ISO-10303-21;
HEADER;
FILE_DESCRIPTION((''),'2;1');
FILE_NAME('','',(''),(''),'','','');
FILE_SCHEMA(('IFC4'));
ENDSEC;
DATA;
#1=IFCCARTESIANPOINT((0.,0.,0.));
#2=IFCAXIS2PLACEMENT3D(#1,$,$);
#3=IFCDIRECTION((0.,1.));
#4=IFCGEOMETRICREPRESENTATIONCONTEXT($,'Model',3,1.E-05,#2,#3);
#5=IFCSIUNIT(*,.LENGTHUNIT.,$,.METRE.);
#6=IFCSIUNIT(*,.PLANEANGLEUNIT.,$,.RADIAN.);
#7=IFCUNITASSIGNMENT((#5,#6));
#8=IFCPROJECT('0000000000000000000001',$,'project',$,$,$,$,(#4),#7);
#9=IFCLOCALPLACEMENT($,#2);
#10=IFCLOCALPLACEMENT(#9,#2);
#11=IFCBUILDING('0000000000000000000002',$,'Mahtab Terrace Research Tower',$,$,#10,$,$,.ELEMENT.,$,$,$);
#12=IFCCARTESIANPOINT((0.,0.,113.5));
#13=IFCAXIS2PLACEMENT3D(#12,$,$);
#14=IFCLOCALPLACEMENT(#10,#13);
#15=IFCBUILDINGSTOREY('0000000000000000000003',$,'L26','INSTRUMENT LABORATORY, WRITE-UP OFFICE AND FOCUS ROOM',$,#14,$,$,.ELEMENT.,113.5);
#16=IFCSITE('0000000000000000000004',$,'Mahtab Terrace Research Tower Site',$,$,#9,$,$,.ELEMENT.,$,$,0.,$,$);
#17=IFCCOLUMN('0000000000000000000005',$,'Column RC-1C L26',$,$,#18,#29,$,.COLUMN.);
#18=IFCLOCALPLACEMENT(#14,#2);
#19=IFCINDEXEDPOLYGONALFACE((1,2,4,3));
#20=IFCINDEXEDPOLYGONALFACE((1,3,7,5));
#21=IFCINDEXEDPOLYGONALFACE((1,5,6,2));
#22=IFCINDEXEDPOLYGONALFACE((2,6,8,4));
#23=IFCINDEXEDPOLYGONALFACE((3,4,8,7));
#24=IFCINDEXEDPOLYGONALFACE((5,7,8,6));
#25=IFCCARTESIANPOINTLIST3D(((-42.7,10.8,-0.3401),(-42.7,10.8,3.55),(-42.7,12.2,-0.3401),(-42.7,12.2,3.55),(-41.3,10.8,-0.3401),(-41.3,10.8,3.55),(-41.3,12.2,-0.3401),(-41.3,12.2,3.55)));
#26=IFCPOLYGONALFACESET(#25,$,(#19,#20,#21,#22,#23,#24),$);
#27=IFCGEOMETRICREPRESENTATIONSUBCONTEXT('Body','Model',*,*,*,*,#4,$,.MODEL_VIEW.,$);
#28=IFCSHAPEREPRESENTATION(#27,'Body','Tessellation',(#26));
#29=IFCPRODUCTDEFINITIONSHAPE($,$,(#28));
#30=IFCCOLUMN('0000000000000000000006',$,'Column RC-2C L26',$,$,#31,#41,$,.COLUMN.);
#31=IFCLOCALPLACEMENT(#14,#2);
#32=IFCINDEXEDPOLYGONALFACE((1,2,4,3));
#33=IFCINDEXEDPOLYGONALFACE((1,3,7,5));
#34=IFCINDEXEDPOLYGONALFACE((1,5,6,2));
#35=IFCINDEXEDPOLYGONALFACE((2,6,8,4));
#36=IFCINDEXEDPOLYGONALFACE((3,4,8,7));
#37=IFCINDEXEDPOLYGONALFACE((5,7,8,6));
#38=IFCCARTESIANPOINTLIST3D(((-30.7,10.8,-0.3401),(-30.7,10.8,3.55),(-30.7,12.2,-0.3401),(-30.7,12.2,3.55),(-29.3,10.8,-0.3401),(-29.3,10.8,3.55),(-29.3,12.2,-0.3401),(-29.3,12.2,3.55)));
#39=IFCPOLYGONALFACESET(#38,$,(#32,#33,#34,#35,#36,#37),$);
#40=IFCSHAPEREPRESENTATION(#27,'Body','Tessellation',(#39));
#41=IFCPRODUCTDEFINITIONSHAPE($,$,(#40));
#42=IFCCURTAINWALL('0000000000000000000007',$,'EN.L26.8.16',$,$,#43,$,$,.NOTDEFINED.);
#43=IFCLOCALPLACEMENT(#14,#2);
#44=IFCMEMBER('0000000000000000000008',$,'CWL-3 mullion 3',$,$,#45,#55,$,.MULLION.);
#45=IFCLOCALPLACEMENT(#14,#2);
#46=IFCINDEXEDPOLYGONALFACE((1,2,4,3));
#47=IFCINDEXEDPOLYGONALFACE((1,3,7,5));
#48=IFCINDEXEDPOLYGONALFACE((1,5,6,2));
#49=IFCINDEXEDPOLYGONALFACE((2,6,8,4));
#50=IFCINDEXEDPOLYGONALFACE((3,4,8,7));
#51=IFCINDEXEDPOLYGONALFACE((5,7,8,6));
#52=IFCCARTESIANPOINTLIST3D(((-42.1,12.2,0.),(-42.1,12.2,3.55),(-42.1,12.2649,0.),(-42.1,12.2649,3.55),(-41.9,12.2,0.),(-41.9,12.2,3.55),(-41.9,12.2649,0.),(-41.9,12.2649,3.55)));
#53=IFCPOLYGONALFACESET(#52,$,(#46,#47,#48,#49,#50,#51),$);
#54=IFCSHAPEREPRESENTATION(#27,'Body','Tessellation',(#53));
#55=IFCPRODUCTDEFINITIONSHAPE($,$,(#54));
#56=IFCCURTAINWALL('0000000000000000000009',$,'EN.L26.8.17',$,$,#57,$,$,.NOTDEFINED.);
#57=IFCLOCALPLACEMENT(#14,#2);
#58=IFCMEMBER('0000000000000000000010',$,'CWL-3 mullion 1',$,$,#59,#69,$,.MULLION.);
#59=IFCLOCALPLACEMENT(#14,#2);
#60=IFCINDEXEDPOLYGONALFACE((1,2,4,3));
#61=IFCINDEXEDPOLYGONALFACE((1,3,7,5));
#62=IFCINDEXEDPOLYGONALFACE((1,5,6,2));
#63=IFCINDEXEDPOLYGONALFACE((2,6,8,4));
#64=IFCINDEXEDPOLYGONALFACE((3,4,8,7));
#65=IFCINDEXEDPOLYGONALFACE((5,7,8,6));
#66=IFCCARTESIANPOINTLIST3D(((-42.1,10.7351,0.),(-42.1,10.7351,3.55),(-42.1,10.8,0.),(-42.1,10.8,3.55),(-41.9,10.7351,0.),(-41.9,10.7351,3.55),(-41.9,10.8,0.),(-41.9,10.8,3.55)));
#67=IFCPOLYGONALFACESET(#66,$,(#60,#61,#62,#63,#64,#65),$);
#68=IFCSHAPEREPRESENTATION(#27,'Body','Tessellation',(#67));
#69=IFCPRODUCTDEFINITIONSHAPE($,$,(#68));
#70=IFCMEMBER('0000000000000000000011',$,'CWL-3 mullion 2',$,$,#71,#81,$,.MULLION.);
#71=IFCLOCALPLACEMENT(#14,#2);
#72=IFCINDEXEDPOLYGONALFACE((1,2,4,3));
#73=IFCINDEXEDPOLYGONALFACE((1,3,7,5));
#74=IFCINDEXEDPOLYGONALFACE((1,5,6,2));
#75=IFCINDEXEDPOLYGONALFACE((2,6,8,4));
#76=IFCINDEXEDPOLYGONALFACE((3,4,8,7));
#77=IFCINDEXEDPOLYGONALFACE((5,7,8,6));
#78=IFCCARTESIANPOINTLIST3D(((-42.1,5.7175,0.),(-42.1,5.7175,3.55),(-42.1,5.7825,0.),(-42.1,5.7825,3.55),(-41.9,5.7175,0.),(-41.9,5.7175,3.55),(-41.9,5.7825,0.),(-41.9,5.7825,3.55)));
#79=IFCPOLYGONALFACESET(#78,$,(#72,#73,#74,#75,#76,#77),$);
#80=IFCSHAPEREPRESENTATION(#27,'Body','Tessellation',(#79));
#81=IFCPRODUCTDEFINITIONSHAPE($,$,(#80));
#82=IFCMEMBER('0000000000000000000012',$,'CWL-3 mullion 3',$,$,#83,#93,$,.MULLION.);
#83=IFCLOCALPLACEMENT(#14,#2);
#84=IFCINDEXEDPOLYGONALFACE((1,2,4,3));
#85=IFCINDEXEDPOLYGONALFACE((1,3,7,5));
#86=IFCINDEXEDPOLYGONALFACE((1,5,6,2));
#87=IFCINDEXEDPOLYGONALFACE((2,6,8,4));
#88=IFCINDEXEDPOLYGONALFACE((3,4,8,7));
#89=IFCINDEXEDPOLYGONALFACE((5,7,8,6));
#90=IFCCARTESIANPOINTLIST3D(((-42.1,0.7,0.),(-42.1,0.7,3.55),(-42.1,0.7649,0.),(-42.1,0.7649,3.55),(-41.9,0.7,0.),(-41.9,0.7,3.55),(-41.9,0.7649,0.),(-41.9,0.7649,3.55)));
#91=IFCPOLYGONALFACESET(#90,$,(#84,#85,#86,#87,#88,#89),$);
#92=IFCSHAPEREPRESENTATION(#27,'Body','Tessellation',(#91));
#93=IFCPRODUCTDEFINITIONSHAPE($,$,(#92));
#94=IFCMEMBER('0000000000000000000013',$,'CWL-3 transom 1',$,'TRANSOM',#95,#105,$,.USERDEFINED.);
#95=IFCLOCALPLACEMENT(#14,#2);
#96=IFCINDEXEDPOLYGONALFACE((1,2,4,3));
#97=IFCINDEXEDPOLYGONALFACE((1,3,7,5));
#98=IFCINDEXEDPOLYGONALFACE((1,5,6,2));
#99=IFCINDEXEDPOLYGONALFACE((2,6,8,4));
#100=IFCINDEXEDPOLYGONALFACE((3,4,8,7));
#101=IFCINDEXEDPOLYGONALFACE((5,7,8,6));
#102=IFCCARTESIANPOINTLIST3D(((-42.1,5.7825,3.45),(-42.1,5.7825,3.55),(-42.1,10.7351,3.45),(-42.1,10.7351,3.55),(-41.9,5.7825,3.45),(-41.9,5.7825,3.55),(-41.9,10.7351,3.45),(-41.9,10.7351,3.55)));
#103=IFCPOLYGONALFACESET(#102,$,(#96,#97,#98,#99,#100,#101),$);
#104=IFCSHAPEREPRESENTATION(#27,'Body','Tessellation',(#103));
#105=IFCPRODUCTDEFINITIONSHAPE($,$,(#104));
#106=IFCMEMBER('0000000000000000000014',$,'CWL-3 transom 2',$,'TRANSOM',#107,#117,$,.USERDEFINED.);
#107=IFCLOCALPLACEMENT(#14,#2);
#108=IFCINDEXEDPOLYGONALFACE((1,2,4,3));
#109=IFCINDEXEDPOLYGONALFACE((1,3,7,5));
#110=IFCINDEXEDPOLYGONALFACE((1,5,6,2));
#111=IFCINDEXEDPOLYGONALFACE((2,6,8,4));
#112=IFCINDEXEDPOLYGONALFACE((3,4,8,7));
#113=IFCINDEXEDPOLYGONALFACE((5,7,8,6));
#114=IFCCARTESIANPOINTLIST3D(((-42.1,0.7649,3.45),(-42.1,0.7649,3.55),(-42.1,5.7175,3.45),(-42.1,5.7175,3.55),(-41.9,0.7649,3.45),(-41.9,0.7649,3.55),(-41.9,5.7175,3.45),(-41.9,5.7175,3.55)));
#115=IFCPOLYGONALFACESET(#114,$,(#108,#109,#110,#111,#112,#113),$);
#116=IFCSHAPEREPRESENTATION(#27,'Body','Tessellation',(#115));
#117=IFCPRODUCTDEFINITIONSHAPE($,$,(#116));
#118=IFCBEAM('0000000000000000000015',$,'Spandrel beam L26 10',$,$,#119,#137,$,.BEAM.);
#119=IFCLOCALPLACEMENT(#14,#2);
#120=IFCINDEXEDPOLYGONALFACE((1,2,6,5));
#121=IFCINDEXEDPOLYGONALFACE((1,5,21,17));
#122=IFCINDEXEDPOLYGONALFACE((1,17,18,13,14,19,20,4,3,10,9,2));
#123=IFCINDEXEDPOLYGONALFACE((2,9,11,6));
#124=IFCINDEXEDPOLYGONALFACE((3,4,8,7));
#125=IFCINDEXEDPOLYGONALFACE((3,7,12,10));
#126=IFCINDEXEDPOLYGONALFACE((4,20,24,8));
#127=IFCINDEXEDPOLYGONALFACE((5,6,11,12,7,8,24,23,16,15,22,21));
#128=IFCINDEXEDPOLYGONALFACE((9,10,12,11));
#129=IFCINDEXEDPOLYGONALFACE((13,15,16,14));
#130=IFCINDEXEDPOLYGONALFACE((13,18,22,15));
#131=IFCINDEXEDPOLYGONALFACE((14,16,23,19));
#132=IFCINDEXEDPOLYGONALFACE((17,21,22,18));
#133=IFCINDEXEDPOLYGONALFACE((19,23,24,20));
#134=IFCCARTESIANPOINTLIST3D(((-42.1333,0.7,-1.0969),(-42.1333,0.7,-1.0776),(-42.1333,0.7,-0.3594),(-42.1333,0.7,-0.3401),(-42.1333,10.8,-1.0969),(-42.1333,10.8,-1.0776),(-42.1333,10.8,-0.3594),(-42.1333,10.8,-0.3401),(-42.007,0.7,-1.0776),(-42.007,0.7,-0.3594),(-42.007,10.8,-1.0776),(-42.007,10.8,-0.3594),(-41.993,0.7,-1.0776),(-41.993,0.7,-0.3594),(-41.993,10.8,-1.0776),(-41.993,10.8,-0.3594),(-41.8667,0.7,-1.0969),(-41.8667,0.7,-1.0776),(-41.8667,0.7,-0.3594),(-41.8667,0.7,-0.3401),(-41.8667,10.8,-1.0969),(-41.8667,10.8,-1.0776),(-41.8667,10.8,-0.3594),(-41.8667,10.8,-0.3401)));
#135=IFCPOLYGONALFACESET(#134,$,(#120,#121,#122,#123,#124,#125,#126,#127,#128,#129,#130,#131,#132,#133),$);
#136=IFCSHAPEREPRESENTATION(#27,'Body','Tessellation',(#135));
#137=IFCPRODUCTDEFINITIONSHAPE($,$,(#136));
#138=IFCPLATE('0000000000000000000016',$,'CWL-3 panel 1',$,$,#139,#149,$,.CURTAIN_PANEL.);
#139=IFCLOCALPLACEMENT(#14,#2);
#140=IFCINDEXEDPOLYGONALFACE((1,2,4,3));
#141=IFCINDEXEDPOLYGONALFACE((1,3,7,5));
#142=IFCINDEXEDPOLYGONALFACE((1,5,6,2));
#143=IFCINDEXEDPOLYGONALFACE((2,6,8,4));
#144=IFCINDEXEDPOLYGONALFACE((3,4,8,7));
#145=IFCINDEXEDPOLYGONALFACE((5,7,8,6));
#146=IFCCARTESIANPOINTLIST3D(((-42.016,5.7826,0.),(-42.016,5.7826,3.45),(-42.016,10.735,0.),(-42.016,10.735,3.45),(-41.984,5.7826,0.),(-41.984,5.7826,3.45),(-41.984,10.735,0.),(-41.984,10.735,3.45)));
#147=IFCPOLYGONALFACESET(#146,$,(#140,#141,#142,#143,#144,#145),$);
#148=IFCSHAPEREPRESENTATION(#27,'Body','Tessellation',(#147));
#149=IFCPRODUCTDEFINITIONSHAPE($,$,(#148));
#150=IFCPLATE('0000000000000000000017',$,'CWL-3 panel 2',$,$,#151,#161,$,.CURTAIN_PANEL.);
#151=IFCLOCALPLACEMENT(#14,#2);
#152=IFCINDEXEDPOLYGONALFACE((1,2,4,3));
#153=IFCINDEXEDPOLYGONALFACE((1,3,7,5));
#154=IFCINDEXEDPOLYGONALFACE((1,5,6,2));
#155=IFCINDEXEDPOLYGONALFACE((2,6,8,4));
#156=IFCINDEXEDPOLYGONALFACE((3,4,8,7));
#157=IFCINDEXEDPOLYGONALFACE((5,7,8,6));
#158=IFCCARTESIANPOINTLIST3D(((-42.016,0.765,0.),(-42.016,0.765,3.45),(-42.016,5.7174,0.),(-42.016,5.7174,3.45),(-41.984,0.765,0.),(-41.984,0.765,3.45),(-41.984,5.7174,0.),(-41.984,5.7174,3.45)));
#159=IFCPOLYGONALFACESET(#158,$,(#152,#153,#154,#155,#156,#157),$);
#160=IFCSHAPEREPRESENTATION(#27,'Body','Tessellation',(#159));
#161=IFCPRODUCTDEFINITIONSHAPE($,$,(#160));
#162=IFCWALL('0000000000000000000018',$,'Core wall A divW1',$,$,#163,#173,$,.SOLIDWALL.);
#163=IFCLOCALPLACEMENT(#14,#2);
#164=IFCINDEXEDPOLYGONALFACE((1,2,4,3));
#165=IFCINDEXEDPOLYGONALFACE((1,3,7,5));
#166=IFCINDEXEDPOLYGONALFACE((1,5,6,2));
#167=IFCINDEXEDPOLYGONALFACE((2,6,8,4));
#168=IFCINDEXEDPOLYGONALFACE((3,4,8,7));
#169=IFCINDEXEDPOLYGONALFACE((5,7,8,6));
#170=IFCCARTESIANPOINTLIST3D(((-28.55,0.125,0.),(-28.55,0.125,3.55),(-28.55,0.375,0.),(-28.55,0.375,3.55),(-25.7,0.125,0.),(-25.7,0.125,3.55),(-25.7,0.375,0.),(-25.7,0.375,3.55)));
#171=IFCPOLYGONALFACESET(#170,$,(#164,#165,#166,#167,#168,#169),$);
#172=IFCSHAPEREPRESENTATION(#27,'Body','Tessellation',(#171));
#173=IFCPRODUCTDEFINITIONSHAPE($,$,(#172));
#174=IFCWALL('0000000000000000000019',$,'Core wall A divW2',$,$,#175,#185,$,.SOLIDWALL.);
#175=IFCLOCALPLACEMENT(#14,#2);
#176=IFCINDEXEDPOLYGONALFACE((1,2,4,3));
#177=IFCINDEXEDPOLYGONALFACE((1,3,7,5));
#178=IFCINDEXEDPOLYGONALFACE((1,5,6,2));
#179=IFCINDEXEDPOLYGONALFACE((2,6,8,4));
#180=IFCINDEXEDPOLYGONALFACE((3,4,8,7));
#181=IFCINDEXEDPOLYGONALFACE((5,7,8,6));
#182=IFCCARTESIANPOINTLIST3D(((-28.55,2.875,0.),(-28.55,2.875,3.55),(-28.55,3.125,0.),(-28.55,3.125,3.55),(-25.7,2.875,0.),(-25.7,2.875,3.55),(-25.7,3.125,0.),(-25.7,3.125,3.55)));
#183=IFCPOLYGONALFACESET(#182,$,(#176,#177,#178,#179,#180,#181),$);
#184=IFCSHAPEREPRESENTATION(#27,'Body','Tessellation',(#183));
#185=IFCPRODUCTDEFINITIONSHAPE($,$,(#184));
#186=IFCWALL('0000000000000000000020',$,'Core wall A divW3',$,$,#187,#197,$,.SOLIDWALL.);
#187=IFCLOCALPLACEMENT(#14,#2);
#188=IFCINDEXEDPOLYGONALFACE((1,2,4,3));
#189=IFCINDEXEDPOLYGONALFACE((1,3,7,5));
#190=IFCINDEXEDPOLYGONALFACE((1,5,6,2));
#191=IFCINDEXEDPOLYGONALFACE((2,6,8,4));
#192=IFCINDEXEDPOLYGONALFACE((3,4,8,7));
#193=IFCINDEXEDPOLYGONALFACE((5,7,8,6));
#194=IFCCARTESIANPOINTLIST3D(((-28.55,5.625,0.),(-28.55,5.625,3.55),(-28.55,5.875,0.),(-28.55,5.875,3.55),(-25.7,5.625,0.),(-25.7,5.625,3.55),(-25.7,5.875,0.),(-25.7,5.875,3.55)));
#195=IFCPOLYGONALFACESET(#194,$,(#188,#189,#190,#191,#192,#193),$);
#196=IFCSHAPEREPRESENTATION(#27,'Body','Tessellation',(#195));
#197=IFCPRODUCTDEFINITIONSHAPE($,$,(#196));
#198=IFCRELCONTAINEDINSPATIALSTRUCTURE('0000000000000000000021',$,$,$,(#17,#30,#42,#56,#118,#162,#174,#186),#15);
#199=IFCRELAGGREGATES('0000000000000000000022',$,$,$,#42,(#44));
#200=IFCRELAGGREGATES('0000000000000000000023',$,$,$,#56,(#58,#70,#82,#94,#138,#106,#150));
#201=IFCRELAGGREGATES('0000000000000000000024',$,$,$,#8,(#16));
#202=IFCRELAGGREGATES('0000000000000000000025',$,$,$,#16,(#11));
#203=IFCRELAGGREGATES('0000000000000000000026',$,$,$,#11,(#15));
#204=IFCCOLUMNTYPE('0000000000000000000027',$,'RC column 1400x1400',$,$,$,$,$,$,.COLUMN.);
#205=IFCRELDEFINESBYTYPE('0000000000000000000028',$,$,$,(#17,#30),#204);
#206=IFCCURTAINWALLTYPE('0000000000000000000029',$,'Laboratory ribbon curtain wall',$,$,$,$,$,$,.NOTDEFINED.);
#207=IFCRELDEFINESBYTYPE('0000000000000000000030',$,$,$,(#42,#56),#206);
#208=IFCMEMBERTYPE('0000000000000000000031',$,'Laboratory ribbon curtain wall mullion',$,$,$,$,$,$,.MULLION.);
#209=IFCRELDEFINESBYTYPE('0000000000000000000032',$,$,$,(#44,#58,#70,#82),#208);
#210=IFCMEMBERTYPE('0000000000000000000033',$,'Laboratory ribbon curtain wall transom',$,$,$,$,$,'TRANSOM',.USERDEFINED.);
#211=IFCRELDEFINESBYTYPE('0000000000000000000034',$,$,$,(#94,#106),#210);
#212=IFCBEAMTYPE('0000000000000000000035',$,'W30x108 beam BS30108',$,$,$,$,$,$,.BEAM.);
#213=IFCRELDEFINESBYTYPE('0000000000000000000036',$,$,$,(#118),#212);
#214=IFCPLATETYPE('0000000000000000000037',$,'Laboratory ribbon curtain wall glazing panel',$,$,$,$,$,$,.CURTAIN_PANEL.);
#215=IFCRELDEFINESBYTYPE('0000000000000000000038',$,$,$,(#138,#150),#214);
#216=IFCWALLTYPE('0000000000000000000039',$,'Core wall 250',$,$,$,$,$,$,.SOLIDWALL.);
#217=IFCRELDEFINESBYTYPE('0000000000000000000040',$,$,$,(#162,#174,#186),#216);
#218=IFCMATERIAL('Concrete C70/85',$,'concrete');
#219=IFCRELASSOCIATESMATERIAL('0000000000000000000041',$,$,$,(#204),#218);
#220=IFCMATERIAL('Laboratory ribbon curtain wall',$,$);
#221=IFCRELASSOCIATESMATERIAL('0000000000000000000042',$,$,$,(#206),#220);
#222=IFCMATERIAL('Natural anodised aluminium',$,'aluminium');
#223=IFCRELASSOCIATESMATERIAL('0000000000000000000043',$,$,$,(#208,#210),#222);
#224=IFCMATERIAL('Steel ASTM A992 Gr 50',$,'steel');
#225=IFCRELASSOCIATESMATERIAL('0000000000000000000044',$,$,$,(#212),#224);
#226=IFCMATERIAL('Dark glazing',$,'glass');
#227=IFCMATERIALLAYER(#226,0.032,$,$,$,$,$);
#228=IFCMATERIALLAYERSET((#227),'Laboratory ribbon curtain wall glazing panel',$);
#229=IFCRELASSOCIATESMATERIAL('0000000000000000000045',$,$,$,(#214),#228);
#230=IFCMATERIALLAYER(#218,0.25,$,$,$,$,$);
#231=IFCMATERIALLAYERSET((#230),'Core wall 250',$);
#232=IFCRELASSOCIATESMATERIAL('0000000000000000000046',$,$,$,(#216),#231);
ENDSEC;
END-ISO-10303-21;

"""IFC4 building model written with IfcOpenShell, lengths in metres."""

from ifc_helpers import new_model, si_unit, direction, frame, frame_2d, origin, origin_2d, place, context, subcontext, project, spatial, rectangle, i_section, extrude, material, layer, layer_set, material_profile, profile_set, type_object, element, aggregate, save


model = new_model("IFC4")

# Units and contexts
model_context = context("Model", 3, precision=1e-05, world=origin(), true_north=direction((0.0, 1.0)))
body_context = subcontext(model_context, "Body", "Model", "MODEL_VIEW")
ifc_project = project(units=[si_unit("LENGTHUNIT", "METRE"), si_unit("PLANEANGLEUNIT", "RADIAN")], contexts=[model_context])

# Site, building, storey
site_placement = place(None, origin())
site = spatial("IfcSite", under=ifc_project, at=site_placement, Name="Mahtab Terrace Research Tower Site", CompositionType="ELEMENT", RefElevation=0.0)
building_placement = place(site_placement, origin())
building = spatial("IfcBuilding", under=site, at=building_placement, Name="Mahtab Terrace Research Tower", CompositionType="ELEMENT")
storey_placement = place(building_placement, frame((0.0, 0.0, 113.5)))
storey = spatial("IfcBuildingStorey", under=building, at=storey_placement, Name="L26", Description="INSTRUMENT LABORATORY, WRITE-UP OFFICE AND FOCUS ROOM", CompositionType="ELEMENT", Elevation=113.5)

# Columns
ifc_material_1 = material(Name="Concrete C70/85", Category="concrete")
ifc_material_profile_1 = material_profile(ifc_material_1, rectangle(XDim=1.3999, YDim=1.3999, at=origin_2d()), Name="RC column 1400x1400")
ifc_profile_set_1 = profile_set([ifc_material_profile_1], Name="Concrete C70/85")
column_type = type_object("IfcColumnType", Name="RC column 1400x1400", PredefinedType="COLUMN", material=ifc_profile_set_1)
for number, where, z_axis, x_axis, name in (
    (1, (-42.0, 11.5, -0.3401), (0.0, 0.0, 1.0), (1.0, 0.0, 0.0), "Column RC-1C L26"),
    (2, (-30.0, 11.5, -0.3401), (0.0, 0.0, 1.0), (1.0, 0.0, 0.0), "Column RC-2C L26"),
):
    element("IfcColumn", number, at=place(storey_placement, frame(where, z_axis=z_axis, x_axis=x_axis)), inside=storey, type_object=column_type, Name=name, PredefinedType="COLUMN", context=body_context, shape_type="SweptSolid", body=[
        extrude(rectangle(XDim=1.3999, YDim=1.3999, at=origin_2d()), origin(), (0.0, 0.0, 1.0), 3.8901),
    ])

# Curtain wall, member
ifc_material_2 = material(Name="Laboratory ribbon curtain wall")
curtain_wall_type = type_object("IfcCurtainWallType", Name="Laboratory ribbon curtain wall", PredefinedType="NOTDEFINED", material=ifc_material_2)
curtain_wall_1_placement = place(storey_placement, origin())
curtain_wall_1 = element("IfcCurtainWall", 3, at=curtain_wall_1_placement, inside=storey, type_object=curtain_wall_type, Name="EN.L26.8.16", PredefinedType="NOTDEFINED")
ifc_material_3 = material(Name="Natural anodised aluminium", Category="aluminium")
ifc_material_profile_2 = material_profile(ifc_material_3, rectangle(XDim=0.2, YDim=0.0649, at=origin_2d()), Name="MULLION 65x200")
ifc_profile_set_2 = profile_set([ifc_material_profile_2], Name="Natural anodised aluminium")
member_type_1 = type_object("IfcMemberType", Name="Laboratory ribbon curtain wall mullion", PredefinedType="MULLION", material=ifc_profile_set_2)
member_1_placement = place(storey_placement, frame((-42.0, 12.2324, 0.0), z_axis=(0.0, 0.0, 1.0), x_axis=(1.0, 0.0, 0.0)))
member_1 = element("IfcMember", 4, at=member_1_placement, type_object=member_type_1, Name="CWL-3 mullion 3", PredefinedType="MULLION", context=body_context, shape_type="SweptSolid", body=[
    extrude(rectangle(XDim=0.2, YDim=0.0649, at=origin_2d()), origin(), (0.0, 0.0, 1.0), 3.55),
])
aggregate(curtain_wall_1, [member_1])

# Curtain wall, members
curtain_wall_2_placement = place(storey_placement, origin())
curtain_wall_2 = element("IfcCurtainWall", 5, at=curtain_wall_2_placement, inside=storey, type_object=curtain_wall_type, Name="EN.L26.8.17", PredefinedType="NOTDEFINED")
member_2_placement = place(storey_placement, frame((-42.0, 10.7676, 0.0), z_axis=(0.0, 0.0, 1.0), x_axis=(1.0, 0.0, 0.0)))
member_2 = element("IfcMember", 6, at=member_2_placement, type_object=member_type_1, Name="CWL-3 mullion 1", PredefinedType="MULLION", context=body_context, shape_type="SweptSolid", body=[
    extrude(rectangle(XDim=0.2, YDim=0.0649, at=origin_2d()), origin(), (0.0, 0.0, 1.0), 3.55),
])
member_3_placement = place(storey_placement, frame((-42.0, 5.75, 0.0), z_axis=(0.0, 0.0, 1.0), x_axis=(1.0, 0.0, 0.0)))
member_3 = element("IfcMember", 7, at=member_3_placement, type_object=member_type_1, Name="CWL-3 mullion 2", PredefinedType="MULLION", context=body_context, shape_type="SweptSolid", body=[
    extrude(rectangle(XDim=0.2, YDim=0.0649, at=origin_2d()), origin(), (0.0, 0.0, 1.0), 3.55),
])
member_4_placement = place(storey_placement, frame((-42.0, 0.7324, 0.0), z_axis=(0.0, 0.0, 1.0), x_axis=(1.0, 0.0, 0.0)))
member_4 = element("IfcMember", 8, at=member_4_placement, type_object=member_type_1, Name="CWL-3 mullion 3", PredefinedType="MULLION", context=body_context, shape_type="SweptSolid", body=[
    extrude(rectangle(XDim=0.2, YDim=0.0649, at=origin_2d()), origin(), (0.0, 0.0, 1.0), 3.55),
])
ifc_material_profile_3 = material_profile(ifc_material_3, rectangle(XDim=0.2, YDim=0.1001, at=origin_2d()), Name="TRANSOM 100x200")
ifc_profile_set_3 = profile_set([ifc_material_profile_3], Name="Natural anodised aluminium")
member_type_2 = type_object("IfcMemberType", Name="Laboratory ribbon curtain wall transom", ElementType="TRANSOM", PredefinedType="USERDEFINED", material=ifc_profile_set_3)
member_5_placement = place(storey_placement, frame((-42.0, 10.7351, 3.5), z_axis=(0.0, -1.0, 0.0), x_axis=(1.0, 0.0, 0.0)))
member_5 = element("IfcMember", 9, at=member_5_placement, type_object=member_type_2, Name="CWL-3 transom 1", ObjectType="TRANSOM", PredefinedType="USERDEFINED", context=body_context, shape_type="SweptSolid", body=[
    extrude(rectangle(XDim=0.2, YDim=0.1001, at=origin_2d()), origin(), (0.0, 0.0, 1.0), 4.9526),
])
member_6_placement = place(storey_placement, frame((-42.0, 5.7175, 3.5), z_axis=(0.0, -1.0, 0.0), x_axis=(1.0, 0.0, 0.0)))
member_6 = element("IfcMember", 10, at=member_6_placement, type_object=member_type_2, Name="CWL-3 transom 2", ObjectType="TRANSOM", PredefinedType="USERDEFINED", context=body_context, shape_type="SweptSolid", body=[
    extrude(rectangle(XDim=0.2, YDim=0.1001, at=origin_2d()), origin(), (0.0, 0.0, 1.0), 4.9526),
])

# Beam
ifc_material_4 = material(Name="Steel ASTM A992 Gr 50", Category="steel")
ifc_material_profile_4 = material_profile(ifc_material_4, i_section(OverallWidth=0.2666, OverallDepth=0.7568, WebThickness=0.0139, FlangeThickness=0.0193, at=origin_2d()), Name="W30X108")
ifc_profile_set_4 = profile_set([ifc_material_profile_4], Name="Steel ASTM A992 Gr 50")
beam_type = type_object("IfcBeamType", Name="W30x108 beam BS30108", PredefinedType="BEAM", material=ifc_profile_set_4)
beam_placement = place(storey_placement, frame((-42.0, 10.8, -0.7185), z_axis=(0.0, -1.0, 0.0), x_axis=(1.0, 0.0, 0.0)))
element("IfcBeam", 11, at=beam_placement, inside=storey, type_object=beam_type, Name="Spandrel beam L26 10", PredefinedType="BEAM", context=body_context, shape_type="SweptSolid", body=[
    extrude(i_section(OverallWidth=0.2666, OverallDepth=0.7568, WebThickness=0.0139, FlangeThickness=0.0193, at=origin_2d()), origin(), (0.0, 0.0, 1.0), 10.1001),
])

# Plates
ifc_material_5 = material(Name="Dark glazing", Category="glass")
ifc_layer_1 = layer(ifc_material_5, 0.032)
ifc_layer_set_1 = layer_set([ifc_layer_1], Name="Laboratory ribbon curtain wall glazing panel")
plate_type = type_object("IfcPlateType", Name="Laboratory ribbon curtain wall glazing panel", PredefinedType="CURTAIN_PANEL", material=ifc_layer_set_1)
plate_1_placement = place(storey_placement, frame((-42.0, 8.2588, 0.0), z_axis=(0.0, 0.0, 1.0), x_axis=(0.0, -1.0, 0.0)))
plate_1 = element("IfcPlate", 12, at=plate_1_placement, type_object=plate_type, Name="CWL-3 panel 1", PredefinedType="CURTAIN_PANEL", context=body_context, shape_type="SweptSolid", body=[
    extrude(rectangle(XDim=4.9524, YDim=0.032, at=origin_2d()), origin(), (0.0, 0.0, 1.0), 3.45),
])
plate_2_placement = place(storey_placement, frame((-42.0, 3.2412, 0.0), z_axis=(0.0, 0.0, 1.0), x_axis=(0.0, -1.0, 0.0)))
plate_2 = element("IfcPlate", 13, at=plate_2_placement, type_object=plate_type, Name="CWL-3 panel 2", PredefinedType="CURTAIN_PANEL", context=body_context, shape_type="SweptSolid", body=[
    extrude(rectangle(XDim=4.9524, YDim=0.032, at=origin_2d()), origin(), (0.0, 0.0, 1.0), 3.45),
])
aggregate(curtain_wall_2, [member_2, member_3, member_4, member_5, plate_1, member_6, plate_2])

# Walls
ifc_layer_2 = layer(ifc_material_1, 0.25)
ifc_layer_set_2 = layer_set([ifc_layer_2], Name="Core wall 250")
wall_type_1 = type_object("IfcWallType", Name="Core wall 250", PredefinedType="SOLIDWALL", material=ifc_layer_set_2)
for number, where, z_axis, x_axis, name in (
    (14, (-28.55, 0.25, 0.0), (0.0, 0.0, 1.0), (1.0, 0.0, 0.0), "Core wall A divW1"),
    (15, (-28.55, 3.0, 0.0), (0.0, 0.0, 1.0), (1.0, 0.0, 0.0), "Core wall A divW2"),
    (16, (-28.55, 5.75, 0.0), (0.0, 0.0, 1.0), (1.0, 0.0, 0.0), "Core wall A divW3"),
):
    element("IfcWall", number, at=place(storey_placement, frame(where, z_axis=z_axis, x_axis=x_axis)), inside=storey, type_object=wall_type_1, Name=name, PredefinedType="SOLIDWALL", context=body_context, shape_type="SweptSolid", body=[
        extrude(rectangle(XDim=2.8501, YDim=0.25, at=frame_2d((1.425, 0.0))), origin(), (0.0, 0.0, 1.0), 3.55),
    ])

save(model, "model.ifc")
